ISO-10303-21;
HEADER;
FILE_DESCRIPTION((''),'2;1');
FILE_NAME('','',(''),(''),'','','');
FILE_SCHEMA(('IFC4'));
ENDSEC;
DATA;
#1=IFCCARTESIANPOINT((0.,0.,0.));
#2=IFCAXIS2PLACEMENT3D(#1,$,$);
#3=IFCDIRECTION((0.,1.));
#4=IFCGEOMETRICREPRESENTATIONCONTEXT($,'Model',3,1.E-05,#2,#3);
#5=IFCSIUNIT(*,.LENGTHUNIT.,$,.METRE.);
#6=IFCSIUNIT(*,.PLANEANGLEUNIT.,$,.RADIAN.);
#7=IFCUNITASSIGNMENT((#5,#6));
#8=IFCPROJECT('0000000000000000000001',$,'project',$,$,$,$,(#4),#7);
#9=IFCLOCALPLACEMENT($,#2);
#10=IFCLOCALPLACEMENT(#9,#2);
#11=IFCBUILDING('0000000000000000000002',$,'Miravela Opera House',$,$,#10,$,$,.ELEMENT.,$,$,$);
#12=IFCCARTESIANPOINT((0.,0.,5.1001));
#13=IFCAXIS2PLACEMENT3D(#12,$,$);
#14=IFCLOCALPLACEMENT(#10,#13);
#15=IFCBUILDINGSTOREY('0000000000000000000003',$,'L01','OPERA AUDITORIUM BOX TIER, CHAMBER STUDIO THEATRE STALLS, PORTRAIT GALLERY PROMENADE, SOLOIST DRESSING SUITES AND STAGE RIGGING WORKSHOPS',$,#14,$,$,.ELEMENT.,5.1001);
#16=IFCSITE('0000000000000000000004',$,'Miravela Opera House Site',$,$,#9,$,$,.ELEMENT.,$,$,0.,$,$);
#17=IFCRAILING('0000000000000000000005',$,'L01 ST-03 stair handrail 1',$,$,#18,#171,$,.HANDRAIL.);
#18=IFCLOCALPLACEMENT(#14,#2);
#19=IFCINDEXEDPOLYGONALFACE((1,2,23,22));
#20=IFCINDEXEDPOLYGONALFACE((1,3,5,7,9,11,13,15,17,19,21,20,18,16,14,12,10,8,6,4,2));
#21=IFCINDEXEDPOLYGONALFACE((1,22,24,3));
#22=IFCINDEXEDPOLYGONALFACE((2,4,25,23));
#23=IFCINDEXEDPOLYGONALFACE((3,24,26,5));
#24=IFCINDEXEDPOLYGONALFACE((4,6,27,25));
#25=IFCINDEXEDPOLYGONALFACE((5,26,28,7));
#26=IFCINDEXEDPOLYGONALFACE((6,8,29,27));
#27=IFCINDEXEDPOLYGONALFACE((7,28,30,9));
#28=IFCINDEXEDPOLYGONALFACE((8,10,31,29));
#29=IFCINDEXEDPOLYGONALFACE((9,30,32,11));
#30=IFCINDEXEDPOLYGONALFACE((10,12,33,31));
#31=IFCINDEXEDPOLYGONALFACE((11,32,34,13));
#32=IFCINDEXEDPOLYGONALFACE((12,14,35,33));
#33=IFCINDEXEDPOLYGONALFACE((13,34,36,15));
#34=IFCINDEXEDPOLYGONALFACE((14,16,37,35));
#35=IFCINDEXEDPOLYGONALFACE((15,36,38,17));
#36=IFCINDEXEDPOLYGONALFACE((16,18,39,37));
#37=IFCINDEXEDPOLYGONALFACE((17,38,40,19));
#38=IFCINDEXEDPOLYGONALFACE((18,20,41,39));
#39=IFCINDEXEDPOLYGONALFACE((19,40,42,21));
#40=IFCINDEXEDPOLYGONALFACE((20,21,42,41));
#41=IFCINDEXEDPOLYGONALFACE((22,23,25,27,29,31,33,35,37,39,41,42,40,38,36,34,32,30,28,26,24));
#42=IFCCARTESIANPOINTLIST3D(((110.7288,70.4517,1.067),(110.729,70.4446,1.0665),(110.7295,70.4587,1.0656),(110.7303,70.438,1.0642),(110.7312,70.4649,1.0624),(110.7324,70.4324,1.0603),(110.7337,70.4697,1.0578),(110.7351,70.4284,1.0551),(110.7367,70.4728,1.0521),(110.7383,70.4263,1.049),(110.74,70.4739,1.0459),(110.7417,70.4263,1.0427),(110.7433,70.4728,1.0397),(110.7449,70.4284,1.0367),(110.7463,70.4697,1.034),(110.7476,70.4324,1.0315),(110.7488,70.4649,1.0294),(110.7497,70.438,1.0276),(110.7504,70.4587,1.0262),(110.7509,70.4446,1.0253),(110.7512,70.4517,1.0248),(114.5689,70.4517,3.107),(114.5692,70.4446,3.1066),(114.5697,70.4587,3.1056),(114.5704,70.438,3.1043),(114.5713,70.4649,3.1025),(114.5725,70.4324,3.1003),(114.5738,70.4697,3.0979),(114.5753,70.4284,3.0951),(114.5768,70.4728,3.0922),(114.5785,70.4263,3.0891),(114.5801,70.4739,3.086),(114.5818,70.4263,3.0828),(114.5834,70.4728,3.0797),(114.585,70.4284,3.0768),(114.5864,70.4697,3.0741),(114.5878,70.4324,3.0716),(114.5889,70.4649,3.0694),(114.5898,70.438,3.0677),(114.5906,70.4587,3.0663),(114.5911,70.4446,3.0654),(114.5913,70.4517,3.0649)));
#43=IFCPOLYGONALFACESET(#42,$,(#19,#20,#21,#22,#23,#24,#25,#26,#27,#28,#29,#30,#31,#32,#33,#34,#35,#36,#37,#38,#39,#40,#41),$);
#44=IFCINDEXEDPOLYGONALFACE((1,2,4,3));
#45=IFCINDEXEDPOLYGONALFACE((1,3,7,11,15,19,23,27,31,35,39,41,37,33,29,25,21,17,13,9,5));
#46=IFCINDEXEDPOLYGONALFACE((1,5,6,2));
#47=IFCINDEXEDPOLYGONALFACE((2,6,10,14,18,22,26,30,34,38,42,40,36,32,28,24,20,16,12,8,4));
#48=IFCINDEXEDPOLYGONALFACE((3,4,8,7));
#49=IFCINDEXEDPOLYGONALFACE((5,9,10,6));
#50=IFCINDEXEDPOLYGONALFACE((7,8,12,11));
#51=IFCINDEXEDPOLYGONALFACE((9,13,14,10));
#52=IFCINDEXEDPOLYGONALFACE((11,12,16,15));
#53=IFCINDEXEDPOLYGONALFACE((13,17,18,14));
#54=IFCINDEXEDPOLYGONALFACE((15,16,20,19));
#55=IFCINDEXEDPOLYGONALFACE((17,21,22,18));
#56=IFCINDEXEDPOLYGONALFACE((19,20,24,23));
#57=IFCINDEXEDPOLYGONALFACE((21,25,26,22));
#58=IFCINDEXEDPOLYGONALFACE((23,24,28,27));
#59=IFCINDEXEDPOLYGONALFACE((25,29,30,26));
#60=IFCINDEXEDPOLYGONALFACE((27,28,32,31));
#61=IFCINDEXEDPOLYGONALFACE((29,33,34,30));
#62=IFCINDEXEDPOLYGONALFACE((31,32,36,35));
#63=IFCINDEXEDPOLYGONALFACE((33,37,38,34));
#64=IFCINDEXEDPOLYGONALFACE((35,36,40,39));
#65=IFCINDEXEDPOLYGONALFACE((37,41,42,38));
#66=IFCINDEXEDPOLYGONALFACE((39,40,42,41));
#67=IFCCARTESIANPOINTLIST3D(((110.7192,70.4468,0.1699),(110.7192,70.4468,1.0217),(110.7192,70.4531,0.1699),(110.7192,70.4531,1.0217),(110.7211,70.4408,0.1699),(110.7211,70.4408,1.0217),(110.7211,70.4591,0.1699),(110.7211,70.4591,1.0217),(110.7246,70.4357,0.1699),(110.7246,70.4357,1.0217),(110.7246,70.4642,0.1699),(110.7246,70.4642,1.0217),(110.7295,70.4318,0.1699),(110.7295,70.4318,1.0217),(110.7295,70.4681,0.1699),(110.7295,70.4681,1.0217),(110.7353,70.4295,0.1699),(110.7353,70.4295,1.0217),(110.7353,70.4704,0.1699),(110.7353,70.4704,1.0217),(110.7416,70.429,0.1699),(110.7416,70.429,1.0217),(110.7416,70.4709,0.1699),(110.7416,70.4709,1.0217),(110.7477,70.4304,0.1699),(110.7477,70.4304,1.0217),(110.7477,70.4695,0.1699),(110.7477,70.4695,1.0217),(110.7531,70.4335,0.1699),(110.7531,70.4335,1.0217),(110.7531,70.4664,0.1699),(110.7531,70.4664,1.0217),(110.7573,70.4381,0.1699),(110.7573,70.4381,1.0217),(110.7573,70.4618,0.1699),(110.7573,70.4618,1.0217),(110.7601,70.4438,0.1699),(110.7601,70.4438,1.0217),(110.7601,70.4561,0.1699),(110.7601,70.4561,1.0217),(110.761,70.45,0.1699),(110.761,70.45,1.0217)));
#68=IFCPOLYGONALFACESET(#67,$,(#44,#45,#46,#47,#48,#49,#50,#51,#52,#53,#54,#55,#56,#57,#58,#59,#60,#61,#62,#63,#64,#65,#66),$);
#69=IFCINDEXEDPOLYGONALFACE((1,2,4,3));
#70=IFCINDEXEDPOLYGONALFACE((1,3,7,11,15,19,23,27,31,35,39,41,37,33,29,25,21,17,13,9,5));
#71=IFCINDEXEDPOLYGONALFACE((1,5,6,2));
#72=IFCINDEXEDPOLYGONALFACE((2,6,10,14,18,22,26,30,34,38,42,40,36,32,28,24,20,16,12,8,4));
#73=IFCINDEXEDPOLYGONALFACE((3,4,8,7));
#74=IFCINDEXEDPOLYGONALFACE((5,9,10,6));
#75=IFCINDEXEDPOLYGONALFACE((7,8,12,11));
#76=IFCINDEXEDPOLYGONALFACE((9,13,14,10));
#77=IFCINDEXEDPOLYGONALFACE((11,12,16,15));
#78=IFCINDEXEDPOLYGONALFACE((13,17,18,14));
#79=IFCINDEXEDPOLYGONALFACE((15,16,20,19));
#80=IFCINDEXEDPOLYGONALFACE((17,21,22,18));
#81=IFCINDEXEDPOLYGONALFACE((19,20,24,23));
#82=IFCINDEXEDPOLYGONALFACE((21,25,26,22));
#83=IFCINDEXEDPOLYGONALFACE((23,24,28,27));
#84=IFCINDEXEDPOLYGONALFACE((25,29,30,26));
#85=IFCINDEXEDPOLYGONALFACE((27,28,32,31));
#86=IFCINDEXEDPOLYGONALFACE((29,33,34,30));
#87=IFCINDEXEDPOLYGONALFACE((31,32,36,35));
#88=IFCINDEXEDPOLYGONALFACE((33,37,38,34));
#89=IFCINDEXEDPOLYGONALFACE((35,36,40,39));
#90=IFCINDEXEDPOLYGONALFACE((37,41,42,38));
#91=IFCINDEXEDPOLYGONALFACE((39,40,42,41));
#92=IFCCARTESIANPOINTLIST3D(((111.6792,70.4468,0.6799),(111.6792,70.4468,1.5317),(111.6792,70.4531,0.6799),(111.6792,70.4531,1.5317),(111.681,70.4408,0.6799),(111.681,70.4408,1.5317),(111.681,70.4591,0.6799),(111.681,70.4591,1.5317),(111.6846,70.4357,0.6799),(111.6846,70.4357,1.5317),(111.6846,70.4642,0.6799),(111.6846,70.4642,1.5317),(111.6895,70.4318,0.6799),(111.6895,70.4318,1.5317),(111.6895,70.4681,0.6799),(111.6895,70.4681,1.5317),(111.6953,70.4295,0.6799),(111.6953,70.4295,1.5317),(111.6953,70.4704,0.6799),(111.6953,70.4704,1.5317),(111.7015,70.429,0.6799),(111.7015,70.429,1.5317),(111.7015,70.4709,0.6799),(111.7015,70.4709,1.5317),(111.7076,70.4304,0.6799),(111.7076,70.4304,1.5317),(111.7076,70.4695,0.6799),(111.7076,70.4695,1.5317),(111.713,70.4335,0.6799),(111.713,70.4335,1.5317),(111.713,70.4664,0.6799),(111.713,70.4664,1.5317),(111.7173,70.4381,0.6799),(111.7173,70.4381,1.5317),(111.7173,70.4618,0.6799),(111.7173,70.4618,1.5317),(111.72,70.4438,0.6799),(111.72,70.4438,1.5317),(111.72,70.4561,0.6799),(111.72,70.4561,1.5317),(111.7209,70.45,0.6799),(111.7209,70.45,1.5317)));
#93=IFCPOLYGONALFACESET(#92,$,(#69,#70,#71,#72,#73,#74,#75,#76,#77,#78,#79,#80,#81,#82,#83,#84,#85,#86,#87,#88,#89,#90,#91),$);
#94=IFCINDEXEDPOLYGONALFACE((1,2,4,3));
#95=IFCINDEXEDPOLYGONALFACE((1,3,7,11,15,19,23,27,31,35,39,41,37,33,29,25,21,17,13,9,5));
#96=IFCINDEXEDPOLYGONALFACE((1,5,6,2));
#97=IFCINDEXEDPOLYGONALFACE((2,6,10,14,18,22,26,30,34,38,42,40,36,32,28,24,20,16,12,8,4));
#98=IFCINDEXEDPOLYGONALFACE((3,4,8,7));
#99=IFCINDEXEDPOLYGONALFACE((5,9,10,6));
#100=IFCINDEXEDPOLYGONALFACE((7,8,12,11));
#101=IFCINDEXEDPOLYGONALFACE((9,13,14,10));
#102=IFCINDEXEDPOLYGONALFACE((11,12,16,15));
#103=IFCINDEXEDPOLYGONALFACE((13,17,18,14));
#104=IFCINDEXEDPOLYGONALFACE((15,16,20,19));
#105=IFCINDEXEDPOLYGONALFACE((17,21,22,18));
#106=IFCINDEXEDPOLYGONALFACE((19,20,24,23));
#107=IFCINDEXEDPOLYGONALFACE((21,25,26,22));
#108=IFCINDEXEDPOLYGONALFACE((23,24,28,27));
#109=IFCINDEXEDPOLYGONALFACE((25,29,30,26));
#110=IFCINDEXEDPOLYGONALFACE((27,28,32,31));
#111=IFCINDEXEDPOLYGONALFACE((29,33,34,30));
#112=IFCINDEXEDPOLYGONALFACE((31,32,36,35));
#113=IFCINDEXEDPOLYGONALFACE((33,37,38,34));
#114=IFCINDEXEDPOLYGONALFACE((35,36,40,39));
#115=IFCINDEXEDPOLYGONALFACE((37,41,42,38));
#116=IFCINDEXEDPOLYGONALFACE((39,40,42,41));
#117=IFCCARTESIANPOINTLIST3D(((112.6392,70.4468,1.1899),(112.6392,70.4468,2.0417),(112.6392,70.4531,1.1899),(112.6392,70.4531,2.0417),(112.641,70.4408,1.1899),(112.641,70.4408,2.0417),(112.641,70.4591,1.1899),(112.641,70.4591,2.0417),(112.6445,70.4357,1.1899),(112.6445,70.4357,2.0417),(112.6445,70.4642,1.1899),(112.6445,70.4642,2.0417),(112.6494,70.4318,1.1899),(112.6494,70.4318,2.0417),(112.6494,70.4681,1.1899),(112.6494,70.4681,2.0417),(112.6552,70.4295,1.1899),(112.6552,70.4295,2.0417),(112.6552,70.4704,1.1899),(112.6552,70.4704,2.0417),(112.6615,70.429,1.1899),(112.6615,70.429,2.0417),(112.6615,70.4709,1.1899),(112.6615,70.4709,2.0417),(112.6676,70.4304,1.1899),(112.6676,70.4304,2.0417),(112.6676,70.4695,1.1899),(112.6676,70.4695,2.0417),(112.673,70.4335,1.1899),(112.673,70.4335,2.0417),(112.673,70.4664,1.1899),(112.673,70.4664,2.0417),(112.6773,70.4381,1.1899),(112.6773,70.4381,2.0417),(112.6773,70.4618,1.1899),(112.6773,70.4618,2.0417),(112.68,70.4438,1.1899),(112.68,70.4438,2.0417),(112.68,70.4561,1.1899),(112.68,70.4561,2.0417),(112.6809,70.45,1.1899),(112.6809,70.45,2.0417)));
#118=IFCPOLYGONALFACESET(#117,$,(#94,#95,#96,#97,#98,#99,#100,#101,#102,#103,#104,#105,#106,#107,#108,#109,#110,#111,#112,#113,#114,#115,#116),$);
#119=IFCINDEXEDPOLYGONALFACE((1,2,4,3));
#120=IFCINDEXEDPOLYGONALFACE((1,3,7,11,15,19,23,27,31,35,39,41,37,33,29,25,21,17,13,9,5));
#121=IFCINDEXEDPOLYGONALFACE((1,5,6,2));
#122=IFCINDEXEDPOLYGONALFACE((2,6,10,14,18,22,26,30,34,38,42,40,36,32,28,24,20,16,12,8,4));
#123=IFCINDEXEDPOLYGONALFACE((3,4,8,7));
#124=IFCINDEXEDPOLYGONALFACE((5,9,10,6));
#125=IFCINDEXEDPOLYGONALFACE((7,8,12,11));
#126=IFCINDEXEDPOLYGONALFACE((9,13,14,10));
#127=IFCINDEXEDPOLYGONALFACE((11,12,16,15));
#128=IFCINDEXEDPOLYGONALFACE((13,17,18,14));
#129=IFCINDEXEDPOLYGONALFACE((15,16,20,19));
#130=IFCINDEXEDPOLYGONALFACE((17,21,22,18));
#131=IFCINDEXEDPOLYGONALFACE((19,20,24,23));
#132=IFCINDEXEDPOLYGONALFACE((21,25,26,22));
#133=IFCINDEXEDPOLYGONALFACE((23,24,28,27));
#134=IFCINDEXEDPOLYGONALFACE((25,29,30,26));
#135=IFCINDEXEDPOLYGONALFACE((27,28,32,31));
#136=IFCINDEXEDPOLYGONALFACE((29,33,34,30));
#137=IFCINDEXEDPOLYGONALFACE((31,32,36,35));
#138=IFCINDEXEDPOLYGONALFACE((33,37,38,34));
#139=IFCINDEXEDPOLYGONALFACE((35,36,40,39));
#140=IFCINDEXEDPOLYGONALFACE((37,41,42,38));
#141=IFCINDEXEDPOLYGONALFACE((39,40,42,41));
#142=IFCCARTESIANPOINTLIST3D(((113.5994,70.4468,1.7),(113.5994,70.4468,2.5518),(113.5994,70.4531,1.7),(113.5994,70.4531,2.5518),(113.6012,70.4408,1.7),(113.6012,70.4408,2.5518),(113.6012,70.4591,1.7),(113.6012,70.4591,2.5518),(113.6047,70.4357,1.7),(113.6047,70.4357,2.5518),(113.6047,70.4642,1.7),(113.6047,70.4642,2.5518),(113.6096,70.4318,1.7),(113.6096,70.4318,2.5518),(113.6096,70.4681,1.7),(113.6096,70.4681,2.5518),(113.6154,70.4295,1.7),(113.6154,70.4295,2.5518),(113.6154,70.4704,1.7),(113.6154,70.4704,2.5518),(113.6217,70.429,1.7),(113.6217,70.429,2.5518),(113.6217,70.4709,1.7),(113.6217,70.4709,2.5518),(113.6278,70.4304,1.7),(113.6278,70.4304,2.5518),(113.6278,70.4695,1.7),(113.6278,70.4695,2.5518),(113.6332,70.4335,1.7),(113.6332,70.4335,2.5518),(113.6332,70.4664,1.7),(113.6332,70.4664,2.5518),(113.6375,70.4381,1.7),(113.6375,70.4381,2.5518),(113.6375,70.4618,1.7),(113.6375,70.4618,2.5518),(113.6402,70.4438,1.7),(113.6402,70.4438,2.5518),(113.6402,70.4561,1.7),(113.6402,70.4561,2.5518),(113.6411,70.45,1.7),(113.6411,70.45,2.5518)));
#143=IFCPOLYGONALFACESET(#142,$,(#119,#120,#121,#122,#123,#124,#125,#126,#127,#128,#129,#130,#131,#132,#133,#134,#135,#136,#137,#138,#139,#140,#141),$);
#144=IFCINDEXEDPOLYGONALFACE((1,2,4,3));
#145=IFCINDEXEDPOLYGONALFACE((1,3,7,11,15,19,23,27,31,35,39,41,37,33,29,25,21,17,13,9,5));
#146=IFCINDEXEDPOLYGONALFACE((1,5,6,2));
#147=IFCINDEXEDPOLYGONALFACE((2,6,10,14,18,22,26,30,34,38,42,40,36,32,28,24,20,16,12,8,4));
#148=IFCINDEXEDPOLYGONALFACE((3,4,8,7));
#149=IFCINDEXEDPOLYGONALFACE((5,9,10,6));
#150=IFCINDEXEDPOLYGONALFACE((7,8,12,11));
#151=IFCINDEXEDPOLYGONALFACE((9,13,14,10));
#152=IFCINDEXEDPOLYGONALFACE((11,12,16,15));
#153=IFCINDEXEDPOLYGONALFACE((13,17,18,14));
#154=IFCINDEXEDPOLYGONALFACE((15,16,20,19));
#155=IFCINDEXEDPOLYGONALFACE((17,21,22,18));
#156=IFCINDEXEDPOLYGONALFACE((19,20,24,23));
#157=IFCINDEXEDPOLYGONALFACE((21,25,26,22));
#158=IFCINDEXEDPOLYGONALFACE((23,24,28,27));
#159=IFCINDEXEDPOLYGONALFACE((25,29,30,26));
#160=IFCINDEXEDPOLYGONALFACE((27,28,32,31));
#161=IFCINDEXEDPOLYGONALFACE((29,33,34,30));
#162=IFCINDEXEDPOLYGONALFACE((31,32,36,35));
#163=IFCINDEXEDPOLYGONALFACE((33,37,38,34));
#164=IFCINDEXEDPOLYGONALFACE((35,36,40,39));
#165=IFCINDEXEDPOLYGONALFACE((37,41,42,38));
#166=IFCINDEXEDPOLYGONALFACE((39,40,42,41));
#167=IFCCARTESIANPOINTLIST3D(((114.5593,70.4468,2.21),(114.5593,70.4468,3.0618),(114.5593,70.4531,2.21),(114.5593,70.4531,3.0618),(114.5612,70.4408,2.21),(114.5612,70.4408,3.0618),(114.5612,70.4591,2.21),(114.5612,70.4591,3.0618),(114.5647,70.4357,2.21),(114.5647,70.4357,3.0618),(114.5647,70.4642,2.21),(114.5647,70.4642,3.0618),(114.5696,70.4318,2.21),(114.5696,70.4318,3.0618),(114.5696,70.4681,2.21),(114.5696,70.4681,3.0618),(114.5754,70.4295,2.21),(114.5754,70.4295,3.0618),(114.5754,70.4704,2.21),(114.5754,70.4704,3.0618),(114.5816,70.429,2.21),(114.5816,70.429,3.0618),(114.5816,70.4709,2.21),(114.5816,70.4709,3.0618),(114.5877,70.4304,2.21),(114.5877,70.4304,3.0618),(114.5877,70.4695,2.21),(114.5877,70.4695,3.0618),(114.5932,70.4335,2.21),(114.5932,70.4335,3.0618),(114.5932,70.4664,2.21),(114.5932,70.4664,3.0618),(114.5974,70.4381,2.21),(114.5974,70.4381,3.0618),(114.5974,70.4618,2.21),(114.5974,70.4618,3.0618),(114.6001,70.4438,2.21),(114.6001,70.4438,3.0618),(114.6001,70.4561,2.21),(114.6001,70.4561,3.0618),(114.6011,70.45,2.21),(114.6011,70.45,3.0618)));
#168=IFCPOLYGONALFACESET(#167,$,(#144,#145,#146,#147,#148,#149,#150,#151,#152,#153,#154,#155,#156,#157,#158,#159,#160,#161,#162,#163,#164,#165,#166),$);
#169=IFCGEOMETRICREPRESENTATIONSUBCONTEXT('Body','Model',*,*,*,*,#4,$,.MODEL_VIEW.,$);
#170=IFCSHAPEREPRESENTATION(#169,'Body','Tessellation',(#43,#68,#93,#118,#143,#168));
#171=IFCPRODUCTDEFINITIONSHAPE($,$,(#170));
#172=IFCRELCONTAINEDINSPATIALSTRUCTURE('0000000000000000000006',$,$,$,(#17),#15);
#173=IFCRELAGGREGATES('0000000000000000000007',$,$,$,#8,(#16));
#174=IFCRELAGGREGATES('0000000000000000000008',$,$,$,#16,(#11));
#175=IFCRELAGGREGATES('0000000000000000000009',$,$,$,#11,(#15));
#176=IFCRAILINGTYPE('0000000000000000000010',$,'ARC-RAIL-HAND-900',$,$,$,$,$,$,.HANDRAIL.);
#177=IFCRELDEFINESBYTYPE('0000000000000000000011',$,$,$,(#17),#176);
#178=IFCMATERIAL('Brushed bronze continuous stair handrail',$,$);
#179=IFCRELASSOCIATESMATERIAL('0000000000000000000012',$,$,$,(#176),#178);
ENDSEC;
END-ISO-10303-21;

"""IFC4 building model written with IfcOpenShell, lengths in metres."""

from ifc_helpers import new_model, si_unit, direction, frame, origin, origin_2d, place, context, subcontext, project, spatial, circle, extrude, material, type_object, element, save


model = new_model("IFC4")

# Units and contexts
model_context = context("Model", 3, precision=1e-05, world=origin(), true_north=direction((0.0, 1.0)))
body_context = subcontext(model_context, "Body", "Model", "MODEL_VIEW")
ifc_project = project(units=[si_unit("LENGTHUNIT", "METRE"), si_unit("PLANEANGLEUNIT", "RADIAN")], contexts=[model_context])

# Site, building, storey
site_placement = place(None, origin())
site = spatial("IfcSite", under=ifc_project, at=site_placement, Name="Miravela Opera House Site", CompositionType="ELEMENT", RefElevation=0.0)
building_placement = place(site_placement, origin())
building = spatial("IfcBuilding", under=site, at=building_placement, Name="Miravela Opera House", CompositionType="ELEMENT")
storey_placement = place(building_placement, frame((0.0, 0.0, 5.1001)))
storey = spatial("IfcBuildingStorey", under=building, at=storey_placement, Name="L01", Description="OPERA AUDITORIUM BOX TIER, CHAMBER STUDIO THEATRE STALLS, PORTRAIT GALLERY PROMENADE, SOLOIST DRESSING SUITES AND STAGE RIGGING WORKSHOPS", CompositionType="ELEMENT", Elevation=5.1001)

# Railing
ifc_material_1 = material(Name="Brushed bronze continuous stair handrail")
railing_type_1 = type_object("IfcRailingType", Name="ARC-RAIL-HAND-900", PredefinedType="HANDRAIL", material=ifc_material_1)
railing_1_placement = place(storey_placement, frame((110.74, 70.45, 0.1699)))
element("IfcRailing", 1, at=railing_1_placement, inside=storey, type_object=railing_type_1, Name="L01 ST-03 stair handrail 1", PredefinedType="HANDRAIL", context=body_context, shape_type="SweptSolid", body=[
    extrude(circle(Radius=0.0239, at=origin_2d()), frame((0.0, 0.0, 0.876), z_axis=(0.883116, 0.0, 0.469154), x_axis=(0.0, 1.0, 0.0)), (0.0, 0.0, 1.0), 4.3484),
    extrude(circle(Radius=0.021, at=origin_2d()), origin(), (0.0, 0.0, 1.0), 0.8518),
    extrude(circle(Radius=0.021, at=origin_2d()), frame((0.96, 0.0, 0.51)), (0.0, 0.0, 1.0), 0.8518),
    extrude(circle(Radius=0.021, at=origin_2d()), frame((1.9199, 0.0, 1.02)), (0.0, 0.0, 1.0), 0.8518),
    extrude(circle(Radius=0.021, at=origin_2d()), frame((2.8801, 0.0, 1.53)), (0.0, 0.0, 1.0), 0.8518),
    extrude(circle(Radius=0.021, at=origin_2d()), frame((3.8401, 0.0, 2.04)), (0.0, 0.0, 1.0), 0.8518),
])

save(model, "model.ifc")
